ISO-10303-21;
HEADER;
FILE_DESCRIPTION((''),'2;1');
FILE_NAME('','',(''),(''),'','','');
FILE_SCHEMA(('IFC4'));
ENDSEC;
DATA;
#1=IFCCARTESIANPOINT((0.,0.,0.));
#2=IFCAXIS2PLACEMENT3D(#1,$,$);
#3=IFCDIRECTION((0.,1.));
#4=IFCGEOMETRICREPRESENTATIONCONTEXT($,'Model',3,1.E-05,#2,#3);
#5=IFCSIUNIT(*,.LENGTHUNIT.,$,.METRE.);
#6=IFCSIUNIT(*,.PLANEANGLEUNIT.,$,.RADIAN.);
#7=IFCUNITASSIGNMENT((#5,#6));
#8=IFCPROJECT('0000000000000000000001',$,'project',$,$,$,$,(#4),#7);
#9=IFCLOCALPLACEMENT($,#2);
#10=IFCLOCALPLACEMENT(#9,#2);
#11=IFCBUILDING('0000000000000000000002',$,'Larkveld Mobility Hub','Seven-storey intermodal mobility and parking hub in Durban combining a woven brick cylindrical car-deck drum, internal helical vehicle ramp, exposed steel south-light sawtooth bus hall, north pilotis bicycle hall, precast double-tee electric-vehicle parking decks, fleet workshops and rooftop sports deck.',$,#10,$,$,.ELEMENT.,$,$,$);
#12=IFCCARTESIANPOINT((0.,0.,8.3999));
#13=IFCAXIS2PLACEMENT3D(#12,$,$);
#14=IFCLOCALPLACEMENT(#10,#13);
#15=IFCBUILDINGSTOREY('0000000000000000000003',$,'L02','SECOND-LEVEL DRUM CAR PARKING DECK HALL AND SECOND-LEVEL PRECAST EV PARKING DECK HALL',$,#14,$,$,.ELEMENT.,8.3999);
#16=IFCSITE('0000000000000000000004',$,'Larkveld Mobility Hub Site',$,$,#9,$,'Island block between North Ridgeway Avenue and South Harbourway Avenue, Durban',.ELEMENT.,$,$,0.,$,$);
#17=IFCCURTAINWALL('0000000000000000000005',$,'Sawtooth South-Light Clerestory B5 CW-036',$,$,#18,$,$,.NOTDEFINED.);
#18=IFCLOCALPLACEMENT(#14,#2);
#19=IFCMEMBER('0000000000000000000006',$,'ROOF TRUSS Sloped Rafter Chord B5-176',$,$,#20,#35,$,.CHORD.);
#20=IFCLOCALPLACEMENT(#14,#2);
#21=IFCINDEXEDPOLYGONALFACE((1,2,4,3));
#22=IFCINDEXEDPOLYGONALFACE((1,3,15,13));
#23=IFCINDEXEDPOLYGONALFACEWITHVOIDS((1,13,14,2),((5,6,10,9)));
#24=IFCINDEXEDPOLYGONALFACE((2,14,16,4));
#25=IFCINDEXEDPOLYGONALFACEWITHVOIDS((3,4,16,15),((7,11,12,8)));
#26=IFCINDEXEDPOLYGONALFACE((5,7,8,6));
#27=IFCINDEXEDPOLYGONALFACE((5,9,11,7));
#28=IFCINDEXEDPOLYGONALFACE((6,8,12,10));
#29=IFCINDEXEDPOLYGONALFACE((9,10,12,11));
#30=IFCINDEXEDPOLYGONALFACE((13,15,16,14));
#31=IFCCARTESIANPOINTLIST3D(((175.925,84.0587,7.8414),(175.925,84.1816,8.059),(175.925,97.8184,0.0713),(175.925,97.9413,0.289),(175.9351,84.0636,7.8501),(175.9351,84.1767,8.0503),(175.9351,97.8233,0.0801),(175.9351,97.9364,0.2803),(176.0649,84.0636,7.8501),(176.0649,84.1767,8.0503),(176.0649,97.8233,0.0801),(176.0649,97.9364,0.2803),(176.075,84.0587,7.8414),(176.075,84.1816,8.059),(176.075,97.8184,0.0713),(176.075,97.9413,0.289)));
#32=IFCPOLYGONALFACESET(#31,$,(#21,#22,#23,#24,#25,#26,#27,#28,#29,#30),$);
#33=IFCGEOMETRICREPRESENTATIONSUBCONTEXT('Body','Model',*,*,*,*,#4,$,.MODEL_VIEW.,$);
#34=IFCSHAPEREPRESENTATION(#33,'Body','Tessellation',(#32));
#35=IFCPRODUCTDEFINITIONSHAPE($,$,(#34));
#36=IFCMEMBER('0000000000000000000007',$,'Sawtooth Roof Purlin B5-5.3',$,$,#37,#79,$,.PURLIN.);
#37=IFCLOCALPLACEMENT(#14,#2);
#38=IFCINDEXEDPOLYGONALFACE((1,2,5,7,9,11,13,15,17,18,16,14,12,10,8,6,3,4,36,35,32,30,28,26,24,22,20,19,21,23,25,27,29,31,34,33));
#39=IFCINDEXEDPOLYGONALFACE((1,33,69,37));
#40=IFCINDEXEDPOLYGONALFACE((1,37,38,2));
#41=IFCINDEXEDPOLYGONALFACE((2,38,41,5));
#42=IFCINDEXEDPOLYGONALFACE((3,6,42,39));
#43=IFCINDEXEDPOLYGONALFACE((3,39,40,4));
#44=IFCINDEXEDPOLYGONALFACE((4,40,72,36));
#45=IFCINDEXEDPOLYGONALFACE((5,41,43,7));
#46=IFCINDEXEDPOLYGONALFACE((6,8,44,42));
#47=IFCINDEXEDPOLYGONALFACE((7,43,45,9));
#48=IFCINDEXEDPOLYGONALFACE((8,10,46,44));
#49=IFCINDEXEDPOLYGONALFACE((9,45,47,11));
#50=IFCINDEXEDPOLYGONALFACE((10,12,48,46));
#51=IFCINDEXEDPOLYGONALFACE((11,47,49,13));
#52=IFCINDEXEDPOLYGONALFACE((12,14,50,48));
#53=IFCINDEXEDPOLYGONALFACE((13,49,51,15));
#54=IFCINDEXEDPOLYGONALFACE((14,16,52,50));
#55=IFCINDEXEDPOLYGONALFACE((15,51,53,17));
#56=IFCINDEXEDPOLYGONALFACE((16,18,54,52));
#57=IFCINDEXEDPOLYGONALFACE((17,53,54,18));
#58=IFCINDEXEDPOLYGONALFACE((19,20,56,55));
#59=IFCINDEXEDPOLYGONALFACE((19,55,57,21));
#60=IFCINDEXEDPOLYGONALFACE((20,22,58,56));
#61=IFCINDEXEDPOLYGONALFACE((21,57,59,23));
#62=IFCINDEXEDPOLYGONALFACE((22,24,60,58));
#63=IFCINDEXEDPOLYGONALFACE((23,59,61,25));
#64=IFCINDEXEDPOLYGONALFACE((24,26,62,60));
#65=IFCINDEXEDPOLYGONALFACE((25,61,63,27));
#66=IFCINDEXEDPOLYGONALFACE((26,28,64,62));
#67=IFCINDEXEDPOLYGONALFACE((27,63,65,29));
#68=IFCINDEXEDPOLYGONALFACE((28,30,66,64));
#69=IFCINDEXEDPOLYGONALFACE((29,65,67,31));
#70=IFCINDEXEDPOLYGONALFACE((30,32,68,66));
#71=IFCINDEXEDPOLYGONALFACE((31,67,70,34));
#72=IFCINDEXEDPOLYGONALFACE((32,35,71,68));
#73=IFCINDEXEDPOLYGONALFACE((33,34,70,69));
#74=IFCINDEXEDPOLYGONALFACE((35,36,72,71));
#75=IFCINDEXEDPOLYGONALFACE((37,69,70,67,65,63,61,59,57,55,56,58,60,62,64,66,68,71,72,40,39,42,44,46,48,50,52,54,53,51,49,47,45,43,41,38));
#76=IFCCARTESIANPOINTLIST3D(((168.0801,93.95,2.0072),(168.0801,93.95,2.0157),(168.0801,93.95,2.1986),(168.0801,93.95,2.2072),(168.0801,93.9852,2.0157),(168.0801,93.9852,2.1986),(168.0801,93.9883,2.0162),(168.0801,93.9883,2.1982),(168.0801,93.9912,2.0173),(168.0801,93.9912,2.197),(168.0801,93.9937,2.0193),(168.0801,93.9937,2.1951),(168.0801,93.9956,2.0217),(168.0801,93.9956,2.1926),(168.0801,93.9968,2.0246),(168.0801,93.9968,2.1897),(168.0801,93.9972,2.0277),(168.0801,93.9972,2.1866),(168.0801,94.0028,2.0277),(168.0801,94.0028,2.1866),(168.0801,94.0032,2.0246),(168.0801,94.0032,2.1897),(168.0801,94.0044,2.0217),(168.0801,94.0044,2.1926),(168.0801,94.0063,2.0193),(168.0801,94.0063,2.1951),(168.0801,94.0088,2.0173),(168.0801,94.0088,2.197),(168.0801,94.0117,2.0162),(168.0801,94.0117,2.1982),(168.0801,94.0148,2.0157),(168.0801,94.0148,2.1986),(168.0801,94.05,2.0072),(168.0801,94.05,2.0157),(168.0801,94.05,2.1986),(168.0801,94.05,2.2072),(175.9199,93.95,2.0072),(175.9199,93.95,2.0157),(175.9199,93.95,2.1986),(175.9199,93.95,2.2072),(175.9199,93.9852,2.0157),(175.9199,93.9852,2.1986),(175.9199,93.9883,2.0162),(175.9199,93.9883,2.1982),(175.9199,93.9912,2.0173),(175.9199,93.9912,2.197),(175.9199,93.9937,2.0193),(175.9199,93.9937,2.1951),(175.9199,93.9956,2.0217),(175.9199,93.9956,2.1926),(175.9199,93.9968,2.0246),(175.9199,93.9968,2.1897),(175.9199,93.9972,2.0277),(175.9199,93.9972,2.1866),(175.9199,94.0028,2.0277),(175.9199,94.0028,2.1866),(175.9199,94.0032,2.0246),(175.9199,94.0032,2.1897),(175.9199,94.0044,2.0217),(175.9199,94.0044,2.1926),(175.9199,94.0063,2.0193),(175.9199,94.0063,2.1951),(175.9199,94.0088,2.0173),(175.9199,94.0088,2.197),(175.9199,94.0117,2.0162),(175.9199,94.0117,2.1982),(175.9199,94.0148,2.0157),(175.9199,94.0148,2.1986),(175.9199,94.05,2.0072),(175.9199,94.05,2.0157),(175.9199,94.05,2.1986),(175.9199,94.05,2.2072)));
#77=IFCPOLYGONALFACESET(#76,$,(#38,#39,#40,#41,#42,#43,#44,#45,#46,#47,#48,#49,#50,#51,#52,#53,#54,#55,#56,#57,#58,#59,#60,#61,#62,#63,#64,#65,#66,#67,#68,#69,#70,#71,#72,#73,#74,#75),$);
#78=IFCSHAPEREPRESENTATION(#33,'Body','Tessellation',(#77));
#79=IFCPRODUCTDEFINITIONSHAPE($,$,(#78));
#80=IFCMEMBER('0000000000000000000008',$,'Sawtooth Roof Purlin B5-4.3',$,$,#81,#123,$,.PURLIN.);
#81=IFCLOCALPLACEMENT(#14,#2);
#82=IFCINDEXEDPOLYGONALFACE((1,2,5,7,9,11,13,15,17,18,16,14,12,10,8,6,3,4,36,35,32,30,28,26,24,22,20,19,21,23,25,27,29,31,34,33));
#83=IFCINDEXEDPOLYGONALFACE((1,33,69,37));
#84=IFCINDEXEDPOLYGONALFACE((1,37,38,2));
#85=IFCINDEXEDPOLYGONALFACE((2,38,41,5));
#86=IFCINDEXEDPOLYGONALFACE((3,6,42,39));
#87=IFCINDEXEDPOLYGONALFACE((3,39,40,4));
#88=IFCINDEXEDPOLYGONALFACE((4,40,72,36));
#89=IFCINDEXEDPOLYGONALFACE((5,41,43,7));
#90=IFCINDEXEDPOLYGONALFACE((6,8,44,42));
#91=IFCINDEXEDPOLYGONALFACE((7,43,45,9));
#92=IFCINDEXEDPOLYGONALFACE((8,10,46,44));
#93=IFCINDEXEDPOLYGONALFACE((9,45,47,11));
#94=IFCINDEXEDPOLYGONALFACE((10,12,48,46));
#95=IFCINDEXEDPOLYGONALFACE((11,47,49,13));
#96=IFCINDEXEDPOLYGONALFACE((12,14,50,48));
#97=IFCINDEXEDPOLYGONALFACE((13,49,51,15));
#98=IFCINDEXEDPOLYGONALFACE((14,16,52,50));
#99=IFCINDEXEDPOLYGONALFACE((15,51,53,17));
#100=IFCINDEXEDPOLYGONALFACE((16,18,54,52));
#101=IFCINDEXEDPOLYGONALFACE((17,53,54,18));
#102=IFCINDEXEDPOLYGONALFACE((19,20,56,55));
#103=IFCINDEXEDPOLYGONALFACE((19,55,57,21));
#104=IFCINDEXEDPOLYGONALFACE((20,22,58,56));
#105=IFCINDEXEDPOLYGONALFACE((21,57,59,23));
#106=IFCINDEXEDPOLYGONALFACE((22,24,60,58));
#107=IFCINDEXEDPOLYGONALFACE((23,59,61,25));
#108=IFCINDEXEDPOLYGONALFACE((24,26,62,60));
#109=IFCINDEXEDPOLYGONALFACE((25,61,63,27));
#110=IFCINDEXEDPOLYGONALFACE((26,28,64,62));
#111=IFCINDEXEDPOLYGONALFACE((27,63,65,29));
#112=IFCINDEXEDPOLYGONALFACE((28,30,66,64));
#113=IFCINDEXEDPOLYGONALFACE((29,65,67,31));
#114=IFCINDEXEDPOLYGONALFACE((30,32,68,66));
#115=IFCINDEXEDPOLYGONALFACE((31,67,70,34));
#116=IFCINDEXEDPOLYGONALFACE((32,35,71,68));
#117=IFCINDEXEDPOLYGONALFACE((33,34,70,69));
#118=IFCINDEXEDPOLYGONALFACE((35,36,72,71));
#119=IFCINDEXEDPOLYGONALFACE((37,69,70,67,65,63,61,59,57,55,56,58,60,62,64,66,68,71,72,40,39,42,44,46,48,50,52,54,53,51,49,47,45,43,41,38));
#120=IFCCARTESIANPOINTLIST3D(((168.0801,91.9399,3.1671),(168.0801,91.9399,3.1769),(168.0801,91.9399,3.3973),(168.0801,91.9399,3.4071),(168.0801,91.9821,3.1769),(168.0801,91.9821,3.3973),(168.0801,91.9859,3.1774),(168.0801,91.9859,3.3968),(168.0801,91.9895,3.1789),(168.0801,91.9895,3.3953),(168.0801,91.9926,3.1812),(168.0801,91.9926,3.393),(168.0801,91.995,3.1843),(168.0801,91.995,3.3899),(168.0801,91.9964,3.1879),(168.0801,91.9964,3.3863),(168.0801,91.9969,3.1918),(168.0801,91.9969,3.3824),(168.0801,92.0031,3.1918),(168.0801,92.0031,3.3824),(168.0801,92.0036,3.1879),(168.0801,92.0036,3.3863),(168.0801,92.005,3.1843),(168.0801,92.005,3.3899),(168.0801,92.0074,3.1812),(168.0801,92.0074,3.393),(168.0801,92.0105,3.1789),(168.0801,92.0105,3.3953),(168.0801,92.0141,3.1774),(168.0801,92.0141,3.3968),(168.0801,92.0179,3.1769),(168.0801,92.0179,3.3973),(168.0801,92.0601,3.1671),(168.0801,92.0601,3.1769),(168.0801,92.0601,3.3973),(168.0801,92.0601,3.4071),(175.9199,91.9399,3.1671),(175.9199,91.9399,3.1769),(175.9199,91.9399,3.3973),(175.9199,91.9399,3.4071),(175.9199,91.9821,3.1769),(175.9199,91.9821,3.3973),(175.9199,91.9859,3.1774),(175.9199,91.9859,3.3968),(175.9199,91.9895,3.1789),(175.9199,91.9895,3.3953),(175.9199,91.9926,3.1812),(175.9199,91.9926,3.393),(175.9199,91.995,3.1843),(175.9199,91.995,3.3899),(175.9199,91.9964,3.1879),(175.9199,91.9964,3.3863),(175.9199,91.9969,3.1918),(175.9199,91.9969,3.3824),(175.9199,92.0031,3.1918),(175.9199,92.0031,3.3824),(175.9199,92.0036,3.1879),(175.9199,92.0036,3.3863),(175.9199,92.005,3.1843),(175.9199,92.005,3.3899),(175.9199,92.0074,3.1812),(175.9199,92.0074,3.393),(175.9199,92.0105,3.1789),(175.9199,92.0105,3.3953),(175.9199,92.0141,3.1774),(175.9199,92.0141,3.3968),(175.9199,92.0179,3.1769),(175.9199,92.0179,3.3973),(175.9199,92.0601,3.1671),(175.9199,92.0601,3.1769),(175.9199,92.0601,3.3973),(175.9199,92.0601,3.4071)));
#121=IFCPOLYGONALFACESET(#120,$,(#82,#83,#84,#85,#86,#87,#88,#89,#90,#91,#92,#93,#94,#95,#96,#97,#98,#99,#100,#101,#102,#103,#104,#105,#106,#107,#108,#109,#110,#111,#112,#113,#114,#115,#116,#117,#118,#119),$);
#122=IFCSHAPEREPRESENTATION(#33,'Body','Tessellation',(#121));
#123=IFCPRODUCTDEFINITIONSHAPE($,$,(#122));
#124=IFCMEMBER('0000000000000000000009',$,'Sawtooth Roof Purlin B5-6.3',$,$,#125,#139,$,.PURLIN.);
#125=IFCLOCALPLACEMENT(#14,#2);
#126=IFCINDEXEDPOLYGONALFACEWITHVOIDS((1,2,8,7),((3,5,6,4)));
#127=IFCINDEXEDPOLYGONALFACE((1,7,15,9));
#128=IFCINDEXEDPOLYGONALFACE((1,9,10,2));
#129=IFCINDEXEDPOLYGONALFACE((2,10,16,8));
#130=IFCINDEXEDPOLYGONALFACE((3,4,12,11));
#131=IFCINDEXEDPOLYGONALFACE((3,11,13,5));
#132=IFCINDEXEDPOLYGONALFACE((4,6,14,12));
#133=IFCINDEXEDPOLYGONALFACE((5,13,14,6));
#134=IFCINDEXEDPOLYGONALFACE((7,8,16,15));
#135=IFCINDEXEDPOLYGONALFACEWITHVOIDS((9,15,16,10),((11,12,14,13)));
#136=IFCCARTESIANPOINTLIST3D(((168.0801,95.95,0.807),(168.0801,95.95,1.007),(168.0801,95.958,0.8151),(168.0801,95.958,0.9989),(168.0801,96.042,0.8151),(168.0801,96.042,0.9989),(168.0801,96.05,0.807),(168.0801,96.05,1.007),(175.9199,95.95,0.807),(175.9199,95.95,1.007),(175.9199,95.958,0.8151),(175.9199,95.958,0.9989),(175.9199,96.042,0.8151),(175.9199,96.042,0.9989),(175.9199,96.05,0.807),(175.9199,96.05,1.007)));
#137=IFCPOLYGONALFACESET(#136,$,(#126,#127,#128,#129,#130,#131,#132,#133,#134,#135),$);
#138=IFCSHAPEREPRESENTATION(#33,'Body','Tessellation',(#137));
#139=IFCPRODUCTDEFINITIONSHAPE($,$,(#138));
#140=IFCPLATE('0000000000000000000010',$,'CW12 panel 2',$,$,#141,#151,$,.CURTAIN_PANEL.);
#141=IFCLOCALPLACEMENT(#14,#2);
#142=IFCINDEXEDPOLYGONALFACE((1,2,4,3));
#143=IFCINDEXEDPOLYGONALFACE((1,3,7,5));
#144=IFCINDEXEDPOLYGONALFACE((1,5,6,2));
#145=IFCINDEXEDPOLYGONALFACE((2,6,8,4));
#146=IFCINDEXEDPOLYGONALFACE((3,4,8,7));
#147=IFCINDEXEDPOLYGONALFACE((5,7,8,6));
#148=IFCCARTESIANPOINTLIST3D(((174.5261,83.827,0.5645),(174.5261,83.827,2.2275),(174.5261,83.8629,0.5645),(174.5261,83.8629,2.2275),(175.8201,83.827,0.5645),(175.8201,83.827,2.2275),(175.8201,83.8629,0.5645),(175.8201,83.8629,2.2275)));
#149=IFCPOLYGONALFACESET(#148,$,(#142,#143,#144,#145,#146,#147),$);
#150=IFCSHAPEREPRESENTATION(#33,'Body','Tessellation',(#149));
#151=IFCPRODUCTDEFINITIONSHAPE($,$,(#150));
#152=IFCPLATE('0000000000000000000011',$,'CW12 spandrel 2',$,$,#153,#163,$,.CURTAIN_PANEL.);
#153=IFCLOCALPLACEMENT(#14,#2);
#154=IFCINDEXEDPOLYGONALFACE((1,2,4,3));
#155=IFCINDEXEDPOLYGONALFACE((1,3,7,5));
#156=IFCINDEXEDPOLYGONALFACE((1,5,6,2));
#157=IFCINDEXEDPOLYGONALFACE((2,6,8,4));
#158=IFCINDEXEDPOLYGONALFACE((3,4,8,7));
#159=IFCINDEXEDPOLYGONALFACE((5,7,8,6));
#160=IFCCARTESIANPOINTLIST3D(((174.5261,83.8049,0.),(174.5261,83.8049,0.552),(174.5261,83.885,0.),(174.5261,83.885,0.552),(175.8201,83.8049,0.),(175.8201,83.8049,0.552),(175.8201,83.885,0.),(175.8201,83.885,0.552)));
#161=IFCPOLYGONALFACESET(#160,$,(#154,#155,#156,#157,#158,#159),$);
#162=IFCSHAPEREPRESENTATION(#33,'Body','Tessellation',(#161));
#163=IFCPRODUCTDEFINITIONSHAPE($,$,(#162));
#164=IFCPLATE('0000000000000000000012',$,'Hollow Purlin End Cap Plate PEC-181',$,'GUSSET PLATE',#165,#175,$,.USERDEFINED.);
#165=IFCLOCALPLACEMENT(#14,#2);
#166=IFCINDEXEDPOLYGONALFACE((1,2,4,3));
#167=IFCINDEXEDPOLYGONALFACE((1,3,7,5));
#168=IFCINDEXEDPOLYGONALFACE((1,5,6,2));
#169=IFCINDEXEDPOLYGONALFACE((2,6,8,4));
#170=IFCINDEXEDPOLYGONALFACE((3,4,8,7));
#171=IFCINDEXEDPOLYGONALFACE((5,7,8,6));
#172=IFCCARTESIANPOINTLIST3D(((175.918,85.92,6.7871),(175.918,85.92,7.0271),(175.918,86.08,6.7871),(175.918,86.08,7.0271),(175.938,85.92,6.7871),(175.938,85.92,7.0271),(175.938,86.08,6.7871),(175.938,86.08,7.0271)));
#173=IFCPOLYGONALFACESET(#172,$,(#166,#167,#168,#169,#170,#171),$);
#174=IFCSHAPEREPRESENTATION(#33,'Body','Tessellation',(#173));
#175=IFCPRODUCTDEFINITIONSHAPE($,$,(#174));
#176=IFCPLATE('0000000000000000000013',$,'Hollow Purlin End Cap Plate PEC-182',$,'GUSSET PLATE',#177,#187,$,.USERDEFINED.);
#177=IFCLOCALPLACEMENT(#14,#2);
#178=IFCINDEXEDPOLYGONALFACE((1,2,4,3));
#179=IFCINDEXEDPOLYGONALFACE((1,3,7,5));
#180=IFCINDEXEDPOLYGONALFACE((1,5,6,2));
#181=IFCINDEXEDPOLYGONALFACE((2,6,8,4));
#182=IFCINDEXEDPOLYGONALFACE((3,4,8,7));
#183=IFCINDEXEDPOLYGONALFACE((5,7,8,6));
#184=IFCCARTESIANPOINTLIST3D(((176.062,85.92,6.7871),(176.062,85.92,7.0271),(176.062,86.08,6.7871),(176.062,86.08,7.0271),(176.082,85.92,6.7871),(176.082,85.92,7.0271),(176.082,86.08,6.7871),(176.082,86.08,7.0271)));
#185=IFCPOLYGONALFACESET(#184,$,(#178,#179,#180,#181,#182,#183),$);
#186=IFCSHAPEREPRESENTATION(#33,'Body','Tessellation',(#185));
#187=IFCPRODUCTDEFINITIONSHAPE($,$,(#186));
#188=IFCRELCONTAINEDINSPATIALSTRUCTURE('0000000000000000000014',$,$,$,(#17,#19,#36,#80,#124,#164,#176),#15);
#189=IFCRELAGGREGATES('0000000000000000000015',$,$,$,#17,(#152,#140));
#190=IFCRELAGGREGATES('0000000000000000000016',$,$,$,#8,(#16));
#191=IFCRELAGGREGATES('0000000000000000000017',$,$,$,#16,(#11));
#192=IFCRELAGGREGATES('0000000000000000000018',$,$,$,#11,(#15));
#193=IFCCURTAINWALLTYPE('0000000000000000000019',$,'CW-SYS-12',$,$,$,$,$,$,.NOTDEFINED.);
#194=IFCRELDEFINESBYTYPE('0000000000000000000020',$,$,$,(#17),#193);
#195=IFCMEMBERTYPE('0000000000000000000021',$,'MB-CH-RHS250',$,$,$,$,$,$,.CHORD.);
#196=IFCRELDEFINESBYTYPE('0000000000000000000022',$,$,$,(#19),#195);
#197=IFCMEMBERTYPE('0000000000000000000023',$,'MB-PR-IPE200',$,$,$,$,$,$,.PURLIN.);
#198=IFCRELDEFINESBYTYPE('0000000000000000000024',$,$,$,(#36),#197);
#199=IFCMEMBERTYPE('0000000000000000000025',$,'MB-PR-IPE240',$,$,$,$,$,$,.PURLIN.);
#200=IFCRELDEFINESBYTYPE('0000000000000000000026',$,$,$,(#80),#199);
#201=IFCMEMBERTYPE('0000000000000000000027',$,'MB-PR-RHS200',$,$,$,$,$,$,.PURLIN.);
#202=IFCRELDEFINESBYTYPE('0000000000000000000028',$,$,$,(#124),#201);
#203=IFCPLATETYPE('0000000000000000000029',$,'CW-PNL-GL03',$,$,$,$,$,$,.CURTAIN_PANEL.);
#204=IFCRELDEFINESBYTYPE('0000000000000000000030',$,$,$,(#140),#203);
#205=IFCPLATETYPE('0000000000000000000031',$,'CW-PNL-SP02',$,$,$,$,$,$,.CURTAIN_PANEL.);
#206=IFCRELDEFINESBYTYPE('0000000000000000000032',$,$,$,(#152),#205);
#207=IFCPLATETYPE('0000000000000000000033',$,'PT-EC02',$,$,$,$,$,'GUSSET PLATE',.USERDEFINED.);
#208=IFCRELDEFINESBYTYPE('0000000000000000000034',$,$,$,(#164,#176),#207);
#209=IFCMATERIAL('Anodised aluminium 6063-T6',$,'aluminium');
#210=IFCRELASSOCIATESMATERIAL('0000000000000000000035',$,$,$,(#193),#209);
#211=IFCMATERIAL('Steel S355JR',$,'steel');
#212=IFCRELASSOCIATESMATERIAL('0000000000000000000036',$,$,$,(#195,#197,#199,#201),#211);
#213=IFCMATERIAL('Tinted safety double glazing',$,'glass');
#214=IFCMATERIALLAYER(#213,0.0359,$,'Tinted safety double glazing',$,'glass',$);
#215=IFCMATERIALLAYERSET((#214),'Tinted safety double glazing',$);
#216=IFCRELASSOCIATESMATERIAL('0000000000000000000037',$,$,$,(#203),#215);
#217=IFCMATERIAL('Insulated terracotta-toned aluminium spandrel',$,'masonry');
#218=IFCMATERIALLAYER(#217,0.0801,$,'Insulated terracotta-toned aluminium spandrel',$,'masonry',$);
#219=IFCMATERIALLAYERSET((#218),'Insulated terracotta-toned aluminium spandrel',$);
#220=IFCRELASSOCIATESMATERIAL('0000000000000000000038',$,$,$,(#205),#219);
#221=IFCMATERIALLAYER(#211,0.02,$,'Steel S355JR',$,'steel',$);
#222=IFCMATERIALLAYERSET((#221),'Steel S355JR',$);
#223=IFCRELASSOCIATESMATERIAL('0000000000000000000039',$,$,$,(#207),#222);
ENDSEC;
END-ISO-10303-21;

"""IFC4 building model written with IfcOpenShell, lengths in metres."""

from ifc_helpers import new_model, si_unit, direction, frame, origin, origin_2d, place, context, subcontext, project, spatial, rectangle, hollow_rectangle, i_section, extrude, material, layer, layer_set, material_profile, profile_set, type_object, element, aggregate, save


model = new_model("IFC4")

# Units and contexts
model_context = context("Model", 3, precision=1e-05, world=origin(), true_north=direction((0.0, 1.0)))
body_context = subcontext(model_context, "Body", "Model", "MODEL_VIEW")
ifc_project = project(units=[si_unit("LENGTHUNIT", "METRE"), si_unit("PLANEANGLEUNIT", "RADIAN")], contexts=[model_context])

# Site, building, storey
site_placement = place(None, origin())
site = spatial("IfcSite", under=ifc_project, at=site_placement, Name="Larkveld Mobility Hub Site", LongName="Island block between North Ridgeway Avenue and South Harbourway Avenue, Durban", CompositionType="ELEMENT", RefElevation=0.0)
building_placement = place(site_placement, origin())
building = spatial("IfcBuilding", under=site, at=building_placement, Name="Larkveld Mobility Hub", Description="Seven-storey intermodal mobility and parking hub in Durban combining a woven brick cylindrical car-deck drum, internal helical vehicle ramp, exposed steel south-light sawtooth bus hall, north pilotis bicycle hall, precast double-tee electric-vehicle parking decks, fleet workshops and rooftop sports deck.", CompositionType="ELEMENT")
storey_placement = place(building_placement, frame((0.0, 0.0, 8.3999)))
storey = spatial("IfcBuildingStorey", under=building, at=storey_placement, Name="L02", Description="SECOND-LEVEL DRUM CAR PARKING DECK HALL AND SECOND-LEVEL PRECAST EV PARKING DECK HALL", CompositionType="ELEMENT", Elevation=8.3999)

# Curtain wall
ifc_material_1 = material(Name="Anodised aluminium 6063-T6", Category="aluminium")
curtain_wall_type = type_object("IfcCurtainWallType", Name="CW-SYS-12", PredefinedType="NOTDEFINED", material=ifc_material_1)
curtain_wall_placement = place(storey_placement, origin())
curtain_wall = element("IfcCurtainWall", 1, at=curtain_wall_placement, inside=storey, type_object=curtain_wall_type, Name="Sawtooth South-Light Clerestory B5 CW-036", PredefinedType="NOTDEFINED")

# Members
ifc_material_2 = material(Name="Steel S355JR", Category="steel")
ifc_material_profile_1 = material_profile(ifc_material_2, hollow_rectangle(XDim=0.1499, YDim=0.25, WallThickness=0.01, at=origin_2d()), Name="RHS 250x150x10")
ifc_profile_set_1 = profile_set([ifc_material_profile_1], Name="Steel S355JR")
member_type_1 = type_object("IfcMemberType", Name="MB-CH-RHS250", PredefinedType="CHORD", material=ifc_profile_set_1)
member_1_placement = place(storey_placement, frame((176.0, 84.1201, 7.9502), z_axis=(0.0, 0.870759, -0.49171), x_axis=(-1.0, 0.0, 0.0)))
element("IfcMember", 2, at=member_1_placement, inside=storey, type_object=member_type_1, Name="ROOF TRUSS Sloped Rafter Chord B5-176", PredefinedType="CHORD", context=body_context, shape_type="SweptSolid", body=[
    extrude(hollow_rectangle(XDim=0.1499, YDim=0.25, WallThickness=0.01, at=origin_2d()), origin(), (0.0, 0.0, 1.0), 15.802),
])
ifc_material_profile_2 = material_profile(ifc_material_2, i_section(OverallWidth=0.1001, OverallDepth=0.2, WebThickness=0.0056, FlangeThickness=0.0085, FilletRadius=0.012, at=origin_2d()), Name="IPE 200")
ifc_profile_set_2 = profile_set([ifc_material_profile_2], Name="Steel S355JR")
member_type_2 = type_object("IfcMemberType", Name="MB-PR-IPE200", PredefinedType="PURLIN", material=ifc_profile_set_2)
member_2_placement = place(storey_placement, frame((168.0801, 94.0, 2.1072), z_axis=(1.0, 0.0, 0.0), x_axis=(0.0, 1.0, 0.0)))
element("IfcMember", 3, at=member_2_placement, inside=storey, type_object=member_type_2, Name="Sawtooth Roof Purlin B5-5.3", PredefinedType="PURLIN", context=body_context, shape_type="SweptSolid", body=[
    extrude(i_section(OverallWidth=0.1001, OverallDepth=0.2, WebThickness=0.0056, FlangeThickness=0.0085, FilletRadius=0.012, at=origin_2d()), origin(), (0.0, 0.0, 1.0), 7.8398),
])
ifc_material_profile_3 = material_profile(ifc_material_2, i_section(OverallWidth=0.1201, OverallDepth=0.24, WebThickness=0.0061, FlangeThickness=0.0098, FilletRadius=0.0149, at=origin_2d()), Name="IPE 240")
ifc_profile_set_3 = profile_set([ifc_material_profile_3], Name="Steel S355JR")
member_type_3 = type_object("IfcMemberType", Name="MB-PR-IPE240", PredefinedType="PURLIN", material=ifc_profile_set_3)
member_3_placement = place(storey_placement, frame((168.0801, 92.0, 3.2871), z_axis=(1.0, 0.0, 0.0), x_axis=(0.0, 1.0, 0.0)))
element("IfcMember", 4, at=member_3_placement, inside=storey, type_object=member_type_3, Name="Sawtooth Roof Purlin B5-4.3", PredefinedType="PURLIN", context=body_context, shape_type="SweptSolid", body=[
    extrude(i_section(OverallWidth=0.1201, OverallDepth=0.24, WebThickness=0.0061, FlangeThickness=0.0098, FilletRadius=0.0149, at=origin_2d()), origin(), (0.0, 0.0, 1.0), 7.8398),
])
ifc_material_profile_4 = material_profile(ifc_material_2, hollow_rectangle(XDim=0.1001, YDim=0.2, WallThickness=0.0081, at=origin_2d()), Name="RHS 200x100x8")
ifc_profile_set_4 = profile_set([ifc_material_profile_4], Name="Steel S355JR")
member_type_4 = type_object("IfcMemberType", Name="MB-PR-RHS200", PredefinedType="PURLIN", material=ifc_profile_set_4)
member_4_placement = place(storey_placement, frame((168.0801, 96.0, 0.907), z_axis=(1.0, 0.0, 0.0), x_axis=(0.0, 1.0, 0.0)))
element("IfcMember", 5, at=member_4_placement, inside=storey, type_object=member_type_4, Name="Sawtooth Roof Purlin B5-6.3", PredefinedType="PURLIN", context=body_context, shape_type="SweptSolid", body=[
    extrude(hollow_rectangle(XDim=0.1001, YDim=0.2, WallThickness=0.0081, at=origin_2d()), origin(), (0.0, 0.0, 1.0), 7.8398),
])

# Plates
ifc_material_3 = material(Name="Tinted safety double glazing", Category="glass")
ifc_layer_1 = layer(ifc_material_3, 0.0359, Name="Tinted safety double glazing", Category="glass")
ifc_layer_set_1 = layer_set([ifc_layer_1], Name="Tinted safety double glazing")
plate_type_1 = type_object("IfcPlateType", Name="CW-PNL-GL03", PredefinedType="CURTAIN_PANEL", material=ifc_layer_set_1)
plate_1_placement = place(storey_placement, frame((175.1731, 83.845, 0.5645), z_axis=(0.0, 0.0, 1.0), x_axis=(1.0, 0.0, 0.0)))
plate_1 = element("IfcPlate", 6, at=plate_1_placement, type_object=plate_type_1, Name="CW12 panel 2", PredefinedType="CURTAIN_PANEL", context=body_context, shape_type="SweptSolid", body=[
    extrude(rectangle(XDim=1.2939, YDim=0.0359, at=origin_2d()), origin(), (0.0, 0.0, 1.0), 1.6631),
])
ifc_material_4 = material(Name="Insulated terracotta-toned aluminium spandrel", Category="masonry")
ifc_layer_2 = layer(ifc_material_4, 0.0801, Name="Insulated terracotta-toned aluminium spandrel", Category="masonry")
ifc_layer_set_2 = layer_set([ifc_layer_2], Name="Insulated terracotta-toned aluminium spandrel")
plate_type_2 = type_object("IfcPlateType", Name="CW-PNL-SP02", PredefinedType="CURTAIN_PANEL", material=ifc_layer_set_2)
plate_2_placement = place(storey_placement, frame((175.1731, 83.845, 0.0), z_axis=(0.0, 0.0, 1.0), x_axis=(1.0, 0.0, 0.0)))
plate_2 = element("IfcPlate", 7, at=plate_2_placement, type_object=plate_type_2, Name="CW12 spandrel 2", PredefinedType="CURTAIN_PANEL", context=body_context, shape_type="SweptSolid", body=[
    extrude(rectangle(XDim=1.2939, YDim=0.0801, at=origin_2d()), origin(), (0.0, 0.0, 1.0), 0.552),
])
aggregate(curtain_wall, [plate_2, plate_1])

# Plates
ifc_layer_3 = layer(ifc_material_2, 0.02, Name="Steel S355JR", Category="steel")
ifc_layer_set_3 = layer_set([ifc_layer_3], Name="Steel S355JR")
plate_type_3 = type_object("IfcPlateType", Name="PT-EC02", ElementType="GUSSET PLATE", PredefinedType="USERDEFINED", material=ifc_layer_set_3)
for number, where, z_axis, x_axis, name in (
    (8, (175.928, 86.0, 6.7871), (0.0, 0.0, 1.0), (1.0, 0.0, 0.0), "Hollow Purlin End Cap Plate PEC-181"),
    (9, (176.072, 86.0, 6.7871), (0.0, 0.0, 1.0), (1.0, 0.0, 0.0), "Hollow Purlin End Cap Plate PEC-182"),
):
    element("IfcPlate", number, at=place(storey_placement, frame(where, z_axis=z_axis, x_axis=x_axis)), inside=storey, type_object=plate_type_3, Name=name, ObjectType="GUSSET PLATE", PredefinedType="USERDEFINED", context=body_context, shape_type="SweptSolid", body=[
        extrude(rectangle(XDim=0.02, YDim=0.1599, at=origin_2d()), origin(), (0.0, 0.0, 1.0), 0.24),
    ])

save(model, "model.ifc")
